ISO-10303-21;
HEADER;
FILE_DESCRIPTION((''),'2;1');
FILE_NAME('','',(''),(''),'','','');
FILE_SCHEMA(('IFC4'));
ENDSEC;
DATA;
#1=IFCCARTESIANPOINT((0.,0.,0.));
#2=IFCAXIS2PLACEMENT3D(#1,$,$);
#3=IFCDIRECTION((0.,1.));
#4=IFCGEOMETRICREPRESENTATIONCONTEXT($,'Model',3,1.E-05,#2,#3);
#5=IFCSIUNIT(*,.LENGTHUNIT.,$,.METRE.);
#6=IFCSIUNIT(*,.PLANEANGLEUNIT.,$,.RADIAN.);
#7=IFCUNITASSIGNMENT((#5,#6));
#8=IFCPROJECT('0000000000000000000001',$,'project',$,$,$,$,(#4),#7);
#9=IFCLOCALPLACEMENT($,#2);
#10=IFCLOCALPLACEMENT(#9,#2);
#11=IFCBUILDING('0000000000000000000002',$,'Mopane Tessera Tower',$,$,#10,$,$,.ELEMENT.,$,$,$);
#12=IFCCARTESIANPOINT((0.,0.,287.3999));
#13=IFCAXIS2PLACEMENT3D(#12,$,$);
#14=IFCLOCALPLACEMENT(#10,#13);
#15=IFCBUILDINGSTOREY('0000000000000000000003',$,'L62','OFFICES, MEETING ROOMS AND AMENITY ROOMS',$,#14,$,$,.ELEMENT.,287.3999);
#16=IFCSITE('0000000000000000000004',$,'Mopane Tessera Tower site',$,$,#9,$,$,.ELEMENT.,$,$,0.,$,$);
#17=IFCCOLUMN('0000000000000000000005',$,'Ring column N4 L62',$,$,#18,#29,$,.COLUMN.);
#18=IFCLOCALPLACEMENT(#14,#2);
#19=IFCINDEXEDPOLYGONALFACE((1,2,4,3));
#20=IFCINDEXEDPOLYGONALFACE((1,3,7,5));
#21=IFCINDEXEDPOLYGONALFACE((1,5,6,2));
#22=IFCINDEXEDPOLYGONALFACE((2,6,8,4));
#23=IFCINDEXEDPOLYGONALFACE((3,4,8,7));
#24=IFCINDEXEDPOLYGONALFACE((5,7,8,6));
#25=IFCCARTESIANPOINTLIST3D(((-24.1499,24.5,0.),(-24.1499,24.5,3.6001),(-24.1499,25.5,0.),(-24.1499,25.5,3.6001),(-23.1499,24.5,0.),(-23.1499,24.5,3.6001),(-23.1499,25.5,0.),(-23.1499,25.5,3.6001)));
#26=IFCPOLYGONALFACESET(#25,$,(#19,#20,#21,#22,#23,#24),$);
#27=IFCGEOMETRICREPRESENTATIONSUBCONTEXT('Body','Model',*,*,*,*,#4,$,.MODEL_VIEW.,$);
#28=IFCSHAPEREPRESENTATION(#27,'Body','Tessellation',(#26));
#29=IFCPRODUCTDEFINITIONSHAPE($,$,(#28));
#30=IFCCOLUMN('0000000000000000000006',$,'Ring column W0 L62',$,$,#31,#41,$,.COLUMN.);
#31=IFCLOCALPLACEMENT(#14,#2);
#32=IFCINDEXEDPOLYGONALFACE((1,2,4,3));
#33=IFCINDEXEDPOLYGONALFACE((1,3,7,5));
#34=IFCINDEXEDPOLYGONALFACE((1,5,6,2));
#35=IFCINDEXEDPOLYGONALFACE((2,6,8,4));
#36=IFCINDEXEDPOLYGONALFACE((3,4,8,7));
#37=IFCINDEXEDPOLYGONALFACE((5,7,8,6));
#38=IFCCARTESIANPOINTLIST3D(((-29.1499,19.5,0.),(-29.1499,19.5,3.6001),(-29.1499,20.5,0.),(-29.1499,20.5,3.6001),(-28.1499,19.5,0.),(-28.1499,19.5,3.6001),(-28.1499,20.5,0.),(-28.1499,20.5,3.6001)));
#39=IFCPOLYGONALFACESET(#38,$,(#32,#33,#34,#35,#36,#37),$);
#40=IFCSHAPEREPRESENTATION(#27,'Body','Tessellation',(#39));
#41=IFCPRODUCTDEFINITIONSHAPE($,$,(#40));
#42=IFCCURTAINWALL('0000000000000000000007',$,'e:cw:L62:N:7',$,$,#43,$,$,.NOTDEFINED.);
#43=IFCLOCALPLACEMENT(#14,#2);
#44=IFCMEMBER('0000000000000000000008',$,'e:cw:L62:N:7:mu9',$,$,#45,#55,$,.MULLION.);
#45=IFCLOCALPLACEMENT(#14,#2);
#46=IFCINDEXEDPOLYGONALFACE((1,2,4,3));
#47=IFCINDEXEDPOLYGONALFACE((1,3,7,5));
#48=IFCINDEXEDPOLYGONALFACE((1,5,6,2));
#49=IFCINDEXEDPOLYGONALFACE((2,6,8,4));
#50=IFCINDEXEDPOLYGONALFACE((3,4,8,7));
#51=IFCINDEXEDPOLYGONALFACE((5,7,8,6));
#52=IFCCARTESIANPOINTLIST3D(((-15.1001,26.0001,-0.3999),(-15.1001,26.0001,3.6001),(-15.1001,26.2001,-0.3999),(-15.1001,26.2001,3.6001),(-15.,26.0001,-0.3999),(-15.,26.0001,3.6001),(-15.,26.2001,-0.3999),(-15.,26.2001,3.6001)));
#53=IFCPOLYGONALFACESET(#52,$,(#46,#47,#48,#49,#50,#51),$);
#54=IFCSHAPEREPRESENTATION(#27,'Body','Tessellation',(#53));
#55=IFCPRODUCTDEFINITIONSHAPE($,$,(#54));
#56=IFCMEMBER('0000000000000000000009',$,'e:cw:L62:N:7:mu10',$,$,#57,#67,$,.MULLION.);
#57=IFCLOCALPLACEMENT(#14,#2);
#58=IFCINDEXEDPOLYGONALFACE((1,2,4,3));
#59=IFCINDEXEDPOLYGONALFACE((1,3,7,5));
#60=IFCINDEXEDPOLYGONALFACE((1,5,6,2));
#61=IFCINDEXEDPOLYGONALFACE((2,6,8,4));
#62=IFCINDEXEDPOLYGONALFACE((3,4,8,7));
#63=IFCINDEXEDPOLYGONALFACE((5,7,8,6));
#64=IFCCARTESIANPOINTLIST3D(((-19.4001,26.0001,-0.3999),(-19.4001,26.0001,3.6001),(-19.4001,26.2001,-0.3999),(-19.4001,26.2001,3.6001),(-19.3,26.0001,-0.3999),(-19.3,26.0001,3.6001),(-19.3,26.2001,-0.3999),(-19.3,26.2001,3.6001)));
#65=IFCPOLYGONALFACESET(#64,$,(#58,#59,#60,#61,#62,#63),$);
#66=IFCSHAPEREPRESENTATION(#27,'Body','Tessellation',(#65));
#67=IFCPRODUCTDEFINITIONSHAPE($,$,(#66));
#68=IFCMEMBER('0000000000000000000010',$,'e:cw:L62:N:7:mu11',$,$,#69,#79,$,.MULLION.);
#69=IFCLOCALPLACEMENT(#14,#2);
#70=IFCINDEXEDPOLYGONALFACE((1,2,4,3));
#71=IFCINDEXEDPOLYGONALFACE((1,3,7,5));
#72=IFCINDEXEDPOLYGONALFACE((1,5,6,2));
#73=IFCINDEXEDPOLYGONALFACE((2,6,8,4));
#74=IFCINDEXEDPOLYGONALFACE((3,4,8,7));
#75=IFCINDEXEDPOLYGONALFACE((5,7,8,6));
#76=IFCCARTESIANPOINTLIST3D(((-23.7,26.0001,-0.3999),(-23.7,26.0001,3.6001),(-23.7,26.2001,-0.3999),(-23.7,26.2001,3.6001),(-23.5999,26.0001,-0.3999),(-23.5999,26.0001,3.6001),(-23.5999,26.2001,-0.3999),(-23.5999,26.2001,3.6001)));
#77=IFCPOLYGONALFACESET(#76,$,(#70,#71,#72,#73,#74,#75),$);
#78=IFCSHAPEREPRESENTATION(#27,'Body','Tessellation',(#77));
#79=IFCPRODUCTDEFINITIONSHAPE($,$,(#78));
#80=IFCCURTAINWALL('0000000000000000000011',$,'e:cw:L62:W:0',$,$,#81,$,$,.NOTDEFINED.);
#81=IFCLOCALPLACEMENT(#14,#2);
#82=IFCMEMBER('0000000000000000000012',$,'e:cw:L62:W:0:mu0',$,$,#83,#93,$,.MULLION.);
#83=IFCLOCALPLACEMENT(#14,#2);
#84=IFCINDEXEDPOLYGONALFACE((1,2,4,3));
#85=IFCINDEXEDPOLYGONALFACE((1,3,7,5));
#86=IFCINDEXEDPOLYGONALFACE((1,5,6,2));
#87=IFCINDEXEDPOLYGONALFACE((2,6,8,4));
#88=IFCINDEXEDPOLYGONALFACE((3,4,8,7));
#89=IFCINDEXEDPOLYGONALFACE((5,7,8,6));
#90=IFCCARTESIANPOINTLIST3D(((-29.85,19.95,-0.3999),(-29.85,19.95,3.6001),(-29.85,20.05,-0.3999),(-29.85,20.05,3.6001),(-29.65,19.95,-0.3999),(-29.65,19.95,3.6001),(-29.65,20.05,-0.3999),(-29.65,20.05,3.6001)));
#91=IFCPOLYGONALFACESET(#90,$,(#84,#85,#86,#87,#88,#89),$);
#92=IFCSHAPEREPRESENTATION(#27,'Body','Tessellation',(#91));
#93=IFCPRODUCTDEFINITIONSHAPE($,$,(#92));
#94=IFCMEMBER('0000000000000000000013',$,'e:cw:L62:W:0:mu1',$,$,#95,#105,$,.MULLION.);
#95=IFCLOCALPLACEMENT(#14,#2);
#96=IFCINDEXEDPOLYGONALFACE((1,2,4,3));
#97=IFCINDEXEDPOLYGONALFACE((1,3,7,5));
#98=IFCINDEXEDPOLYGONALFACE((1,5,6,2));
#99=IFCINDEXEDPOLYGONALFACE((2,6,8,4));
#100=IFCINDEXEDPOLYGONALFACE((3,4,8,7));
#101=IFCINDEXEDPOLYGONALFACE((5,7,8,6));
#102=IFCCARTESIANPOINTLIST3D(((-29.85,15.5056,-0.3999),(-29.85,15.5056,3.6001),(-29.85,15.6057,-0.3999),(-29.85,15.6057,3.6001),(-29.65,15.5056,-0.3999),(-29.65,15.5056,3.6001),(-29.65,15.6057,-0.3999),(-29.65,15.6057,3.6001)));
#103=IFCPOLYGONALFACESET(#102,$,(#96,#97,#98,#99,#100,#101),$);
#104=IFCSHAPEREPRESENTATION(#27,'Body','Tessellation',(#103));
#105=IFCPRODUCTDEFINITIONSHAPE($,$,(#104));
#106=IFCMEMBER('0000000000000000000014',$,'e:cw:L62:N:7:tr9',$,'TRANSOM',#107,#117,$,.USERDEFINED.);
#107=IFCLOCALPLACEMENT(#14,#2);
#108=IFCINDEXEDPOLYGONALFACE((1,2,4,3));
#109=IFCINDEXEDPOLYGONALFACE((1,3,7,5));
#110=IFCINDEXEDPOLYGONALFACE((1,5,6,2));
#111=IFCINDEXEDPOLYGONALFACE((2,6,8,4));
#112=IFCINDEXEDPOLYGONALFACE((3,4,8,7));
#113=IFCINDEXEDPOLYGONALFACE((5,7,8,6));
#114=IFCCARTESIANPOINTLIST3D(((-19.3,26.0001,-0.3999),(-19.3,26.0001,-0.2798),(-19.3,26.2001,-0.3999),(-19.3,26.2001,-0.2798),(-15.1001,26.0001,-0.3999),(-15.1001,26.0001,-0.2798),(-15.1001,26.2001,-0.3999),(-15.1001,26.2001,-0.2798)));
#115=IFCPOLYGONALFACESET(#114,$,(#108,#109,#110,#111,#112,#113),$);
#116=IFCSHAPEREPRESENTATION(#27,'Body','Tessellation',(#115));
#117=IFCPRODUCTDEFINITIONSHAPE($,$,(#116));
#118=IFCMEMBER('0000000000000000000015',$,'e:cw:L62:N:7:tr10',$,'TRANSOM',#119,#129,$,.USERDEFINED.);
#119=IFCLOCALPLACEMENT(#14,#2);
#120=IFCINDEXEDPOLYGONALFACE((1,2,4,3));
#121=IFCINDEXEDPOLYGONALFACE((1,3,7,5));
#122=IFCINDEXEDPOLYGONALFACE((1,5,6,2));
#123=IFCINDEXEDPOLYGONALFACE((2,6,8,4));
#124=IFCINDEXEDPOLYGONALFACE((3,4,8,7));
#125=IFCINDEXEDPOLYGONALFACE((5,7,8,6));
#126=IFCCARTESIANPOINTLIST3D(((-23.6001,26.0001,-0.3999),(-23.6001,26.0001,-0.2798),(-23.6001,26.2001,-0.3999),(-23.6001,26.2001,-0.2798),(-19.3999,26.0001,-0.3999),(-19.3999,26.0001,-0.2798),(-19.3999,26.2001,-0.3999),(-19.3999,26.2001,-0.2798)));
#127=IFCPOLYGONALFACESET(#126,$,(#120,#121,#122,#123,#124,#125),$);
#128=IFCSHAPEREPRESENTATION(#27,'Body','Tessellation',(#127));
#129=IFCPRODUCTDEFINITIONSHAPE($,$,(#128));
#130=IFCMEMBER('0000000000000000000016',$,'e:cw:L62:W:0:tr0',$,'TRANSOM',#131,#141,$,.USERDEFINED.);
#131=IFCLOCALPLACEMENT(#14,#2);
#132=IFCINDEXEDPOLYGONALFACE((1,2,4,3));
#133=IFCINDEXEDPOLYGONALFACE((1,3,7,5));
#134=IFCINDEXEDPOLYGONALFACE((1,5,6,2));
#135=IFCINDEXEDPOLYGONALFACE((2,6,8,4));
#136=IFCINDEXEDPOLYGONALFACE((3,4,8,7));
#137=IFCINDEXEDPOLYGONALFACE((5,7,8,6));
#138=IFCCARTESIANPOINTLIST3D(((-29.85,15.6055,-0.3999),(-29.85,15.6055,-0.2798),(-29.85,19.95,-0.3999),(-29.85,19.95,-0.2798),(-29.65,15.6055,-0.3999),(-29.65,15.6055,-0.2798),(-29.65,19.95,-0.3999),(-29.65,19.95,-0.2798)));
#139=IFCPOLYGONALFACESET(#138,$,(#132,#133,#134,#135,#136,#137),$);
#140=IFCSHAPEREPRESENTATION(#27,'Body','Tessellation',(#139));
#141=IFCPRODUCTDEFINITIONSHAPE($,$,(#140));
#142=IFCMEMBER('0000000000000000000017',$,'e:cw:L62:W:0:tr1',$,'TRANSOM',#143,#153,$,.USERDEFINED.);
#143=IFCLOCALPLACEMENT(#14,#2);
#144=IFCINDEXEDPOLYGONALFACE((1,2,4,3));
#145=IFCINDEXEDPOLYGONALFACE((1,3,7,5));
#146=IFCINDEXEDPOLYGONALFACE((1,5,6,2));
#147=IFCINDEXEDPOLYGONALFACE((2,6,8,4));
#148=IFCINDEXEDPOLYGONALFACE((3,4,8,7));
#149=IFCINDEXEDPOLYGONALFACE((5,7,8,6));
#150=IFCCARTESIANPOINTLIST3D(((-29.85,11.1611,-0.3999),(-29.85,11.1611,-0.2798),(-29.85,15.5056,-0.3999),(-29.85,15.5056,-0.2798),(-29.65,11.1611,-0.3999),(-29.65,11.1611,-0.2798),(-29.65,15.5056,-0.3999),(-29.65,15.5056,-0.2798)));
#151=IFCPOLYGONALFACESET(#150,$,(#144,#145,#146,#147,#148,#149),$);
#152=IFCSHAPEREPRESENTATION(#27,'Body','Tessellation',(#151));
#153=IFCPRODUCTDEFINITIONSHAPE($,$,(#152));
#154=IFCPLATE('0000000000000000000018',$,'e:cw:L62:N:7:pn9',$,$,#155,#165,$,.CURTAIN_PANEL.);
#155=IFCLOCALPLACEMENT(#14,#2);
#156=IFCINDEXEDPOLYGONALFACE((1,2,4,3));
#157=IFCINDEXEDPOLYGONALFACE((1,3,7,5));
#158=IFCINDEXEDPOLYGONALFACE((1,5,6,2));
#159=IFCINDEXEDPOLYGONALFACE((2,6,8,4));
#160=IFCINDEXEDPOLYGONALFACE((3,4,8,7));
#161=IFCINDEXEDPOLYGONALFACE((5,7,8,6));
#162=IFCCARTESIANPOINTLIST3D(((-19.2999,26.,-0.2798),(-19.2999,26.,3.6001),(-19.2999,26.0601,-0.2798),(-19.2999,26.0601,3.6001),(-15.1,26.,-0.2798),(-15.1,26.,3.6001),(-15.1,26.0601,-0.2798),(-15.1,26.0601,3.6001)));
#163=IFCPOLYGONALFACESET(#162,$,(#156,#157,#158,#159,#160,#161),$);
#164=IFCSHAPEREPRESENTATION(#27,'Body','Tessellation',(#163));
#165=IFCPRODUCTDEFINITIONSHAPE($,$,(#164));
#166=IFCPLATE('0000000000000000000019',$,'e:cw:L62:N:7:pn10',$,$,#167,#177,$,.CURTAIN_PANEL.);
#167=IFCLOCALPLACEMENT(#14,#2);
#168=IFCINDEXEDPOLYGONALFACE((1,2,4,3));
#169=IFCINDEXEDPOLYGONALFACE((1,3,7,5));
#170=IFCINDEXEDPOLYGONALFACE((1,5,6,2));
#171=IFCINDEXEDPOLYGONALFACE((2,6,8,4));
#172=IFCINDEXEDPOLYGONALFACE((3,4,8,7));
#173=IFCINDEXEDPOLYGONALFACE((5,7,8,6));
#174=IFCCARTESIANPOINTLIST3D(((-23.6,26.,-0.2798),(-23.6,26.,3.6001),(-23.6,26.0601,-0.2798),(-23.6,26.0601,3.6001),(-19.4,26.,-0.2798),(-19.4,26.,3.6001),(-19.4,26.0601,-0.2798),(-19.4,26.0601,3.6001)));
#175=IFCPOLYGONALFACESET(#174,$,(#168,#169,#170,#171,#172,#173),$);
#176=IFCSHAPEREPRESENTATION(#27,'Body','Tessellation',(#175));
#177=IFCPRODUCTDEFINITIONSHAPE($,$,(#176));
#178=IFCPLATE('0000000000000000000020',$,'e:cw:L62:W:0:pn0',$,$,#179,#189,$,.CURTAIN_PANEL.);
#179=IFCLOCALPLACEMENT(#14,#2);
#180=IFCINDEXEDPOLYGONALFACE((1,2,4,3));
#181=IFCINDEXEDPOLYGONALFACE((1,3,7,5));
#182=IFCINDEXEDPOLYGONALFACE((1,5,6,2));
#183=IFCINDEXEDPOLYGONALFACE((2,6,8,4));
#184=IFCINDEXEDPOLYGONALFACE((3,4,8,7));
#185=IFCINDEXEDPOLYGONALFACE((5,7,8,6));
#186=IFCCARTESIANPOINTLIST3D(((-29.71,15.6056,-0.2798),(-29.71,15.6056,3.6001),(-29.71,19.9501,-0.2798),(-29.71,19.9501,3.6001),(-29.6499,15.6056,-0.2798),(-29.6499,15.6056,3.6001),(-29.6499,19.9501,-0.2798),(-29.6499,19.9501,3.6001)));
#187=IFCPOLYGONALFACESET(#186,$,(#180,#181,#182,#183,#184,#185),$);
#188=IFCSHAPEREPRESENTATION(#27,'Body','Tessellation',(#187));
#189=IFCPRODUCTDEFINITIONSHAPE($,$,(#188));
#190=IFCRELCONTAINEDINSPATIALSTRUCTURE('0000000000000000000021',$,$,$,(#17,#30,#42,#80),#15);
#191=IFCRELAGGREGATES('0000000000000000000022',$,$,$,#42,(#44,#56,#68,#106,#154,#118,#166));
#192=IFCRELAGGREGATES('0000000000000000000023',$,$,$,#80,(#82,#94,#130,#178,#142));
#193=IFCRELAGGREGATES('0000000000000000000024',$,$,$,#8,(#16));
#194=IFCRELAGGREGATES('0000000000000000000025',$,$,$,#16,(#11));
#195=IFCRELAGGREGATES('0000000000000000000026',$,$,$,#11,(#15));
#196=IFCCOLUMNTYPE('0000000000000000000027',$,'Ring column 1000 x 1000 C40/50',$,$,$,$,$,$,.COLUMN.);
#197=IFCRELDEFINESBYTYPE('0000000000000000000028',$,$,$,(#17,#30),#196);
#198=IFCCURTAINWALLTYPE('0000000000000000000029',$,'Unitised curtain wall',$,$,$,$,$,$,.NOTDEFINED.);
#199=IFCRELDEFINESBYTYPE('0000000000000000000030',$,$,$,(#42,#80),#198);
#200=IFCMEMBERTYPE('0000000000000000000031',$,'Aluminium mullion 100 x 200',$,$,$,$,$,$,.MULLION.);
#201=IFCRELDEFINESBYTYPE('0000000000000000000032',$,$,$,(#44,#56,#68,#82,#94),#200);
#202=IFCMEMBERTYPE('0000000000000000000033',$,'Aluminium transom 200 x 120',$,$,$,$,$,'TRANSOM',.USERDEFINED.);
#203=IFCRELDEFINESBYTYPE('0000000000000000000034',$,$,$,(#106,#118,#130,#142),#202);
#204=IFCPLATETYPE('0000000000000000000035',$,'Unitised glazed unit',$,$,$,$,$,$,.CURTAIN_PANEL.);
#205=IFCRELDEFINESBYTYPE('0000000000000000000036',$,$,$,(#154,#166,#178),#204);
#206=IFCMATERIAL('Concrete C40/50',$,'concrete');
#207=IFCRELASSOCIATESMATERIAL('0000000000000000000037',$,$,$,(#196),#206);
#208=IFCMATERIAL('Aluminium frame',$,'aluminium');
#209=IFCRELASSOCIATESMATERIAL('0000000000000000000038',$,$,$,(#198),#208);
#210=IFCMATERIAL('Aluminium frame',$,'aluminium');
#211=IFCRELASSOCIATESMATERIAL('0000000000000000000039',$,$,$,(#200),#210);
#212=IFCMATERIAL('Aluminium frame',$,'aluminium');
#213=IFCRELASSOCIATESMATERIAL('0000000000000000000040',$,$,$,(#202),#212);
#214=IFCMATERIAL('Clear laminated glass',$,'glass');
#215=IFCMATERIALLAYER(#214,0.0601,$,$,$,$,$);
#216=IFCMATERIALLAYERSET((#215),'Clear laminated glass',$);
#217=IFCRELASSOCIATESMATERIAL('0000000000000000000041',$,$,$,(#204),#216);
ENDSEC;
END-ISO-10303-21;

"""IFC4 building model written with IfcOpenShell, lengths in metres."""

from ifc_helpers import new_model, si_unit, direction, frame, origin, origin_2d, place, context, subcontext, project, spatial, rectangle, extrude, material, layer, layer_set, material_profile, profile_set, type_object, element, aggregate, save


model = new_model("IFC4")

# Units and contexts
model_context = context("Model", 3, precision=1e-05, world=origin(), true_north=direction((0.0, 1.0)))
body_context = subcontext(model_context, "Body", "Model", "MODEL_VIEW")
ifc_project = project(units=[si_unit("LENGTHUNIT", "METRE"), si_unit("PLANEANGLEUNIT", "RADIAN")], contexts=[model_context])

# Site, building, storey
site_placement = place(None, origin())
site = spatial("IfcSite", under=ifc_project, at=site_placement, Name="Mopane Tessera Tower site", CompositionType="ELEMENT", RefElevation=0.0)
building_placement = place(site_placement, origin())
building = spatial("IfcBuilding", under=site, at=building_placement, Name="Mopane Tessera Tower", CompositionType="ELEMENT")
storey_placement = place(building_placement, frame((0.0, 0.0, 287.3999)))
storey = spatial("IfcBuildingStorey", under=building, at=storey_placement, Name="L62", Description="OFFICES, MEETING ROOMS AND AMENITY ROOMS", CompositionType="ELEMENT", Elevation=287.3999)

# Columns
ifc_material_1 = material(Name="Concrete C40/50", Category="concrete")
ifc_material_profile_1 = material_profile(ifc_material_1, rectangle(XDim=1.0, YDim=1.0, at=origin_2d()))
ifc_profile_set_1 = profile_set([ifc_material_profile_1], Name="Concrete C40/50")
column_type = type_object("IfcColumnType", Name="Ring column 1000 x 1000 C40/50", PredefinedType="COLUMN", material=ifc_profile_set_1)
for number, where, z_axis, x_axis, name in (
    (1, (-23.6499, 25.0, 0.0), (0.0, 0.0, 1.0), (1.0, 0.0, 0.0), "Ring column N4 L62"),
    (2, (-28.6499, 20.0, 0.0), (0.0, 0.0, 1.0), (1.0, 0.0, 0.0), "Ring column W0 L62"),
):
    element("IfcColumn", number, at=place(storey_placement, frame(where, z_axis=z_axis, x_axis=x_axis)), inside=storey, type_object=column_type, Name=name, PredefinedType="COLUMN", context=body_context, shape_type="SweptSolid", body=[
        extrude(rectangle(XDim=1.0, YDim=1.0, at=origin_2d()), origin(), (0.0, 0.0, 1.0), 3.6001),
    ])

# Curtain walls, members
ifc_material_2 = material(Name="Aluminium frame", Category="aluminium")
curtain_wall_type = type_object("IfcCurtainWallType", Name="Unitised curtain wall", PredefinedType="NOTDEFINED", material=ifc_material_2)
curtain_wall_1_placement = place(storey_placement, origin())
curtain_wall_1 = element("IfcCurtainWall", 3, at=curtain_wall_1_placement, inside=storey, type_object=curtain_wall_type, Name="e:cw:L62:N:7", PredefinedType="NOTDEFINED")
ifc_material_3 = material(Name="Aluminium frame", Category="aluminium")
ifc_material_profile_2 = material_profile(ifc_material_3, rectangle(XDim=0.1001, YDim=0.2, at=origin_2d()))
ifc_profile_set_2 = profile_set([ifc_material_profile_2], Name="Aluminium frame")
member_type_1 = type_object("IfcMemberType", Name="Aluminium mullion 100 x 200", PredefinedType="MULLION", material=ifc_profile_set_2)
member_1_placement = place(storey_placement, frame((-15.05, 26.1001, -0.3999), z_axis=(0.0, 0.0, 1.0), x_axis=(-1.0, 0.0, 0.0)))
member_1 = element("IfcMember", 4, at=member_1_placement, type_object=member_type_1, Name="e:cw:L62:N:7:mu9", PredefinedType="MULLION", context=body_context, shape_type="SweptSolid", body=[
    extrude(rectangle(XDim=0.1001, YDim=0.2, at=origin_2d()), origin(), (0.0, 0.0, 1.0), 4.0),
])
member_2_placement = place(storey_placement, frame((-19.3501, 26.1001, -0.3999), z_axis=(0.0, 0.0, 1.0), x_axis=(-1.0, 0.0, 0.0)))
member_2 = element("IfcMember", 5, at=member_2_placement, type_object=member_type_1, Name="e:cw:L62:N:7:mu10", PredefinedType="MULLION", context=body_context, shape_type="SweptSolid", body=[
    extrude(rectangle(XDim=0.1001, YDim=0.2, at=origin_2d()), origin(), (0.0, 0.0, 1.0), 4.0),
])
member_3_placement = place(storey_placement, frame((-23.6499, 26.1001, -0.3999), z_axis=(0.0, 0.0, 1.0), x_axis=(-1.0, 0.0, 0.0)))
member_3 = element("IfcMember", 6, at=member_3_placement, type_object=member_type_1, Name="e:cw:L62:N:7:mu11", PredefinedType="MULLION", context=body_context, shape_type="SweptSolid", body=[
    extrude(rectangle(XDim=0.1001, YDim=0.2, at=origin_2d()), origin(), (0.0, 0.0, 1.0), 4.0),
])
curtain_wall_2_placement = place(storey_placement, origin())
curtain_wall_2 = element("IfcCurtainWall", 7, at=curtain_wall_2_placement, inside=storey, type_object=curtain_wall_type, Name="e:cw:L62:W:0", PredefinedType="NOTDEFINED")
member_4_placement = place(storey_placement, frame((-29.75, 20.0, -0.3999), z_axis=(0.0, 0.0, 1.0), x_axis=(0.0, -1.0, 0.0)))
member_4 = element("IfcMember", 8, at=member_4_placement, type_object=member_type_1, Name="e:cw:L62:W:0:mu0", PredefinedType="MULLION", context=body_context, shape_type="SweptSolid", body=[
    extrude(rectangle(XDim=0.1001, YDim=0.2, at=origin_2d()), origin(), (0.0, 0.0, 1.0), 4.0),
])
member_5_placement = place(storey_placement, frame((-29.75, 15.5557, -0.3999), z_axis=(0.0, 0.0, 1.0), x_axis=(0.0, -1.0, 0.0)))
member_5 = element("IfcMember", 9, at=member_5_placement, type_object=member_type_1, Name="e:cw:L62:W:0:mu1", PredefinedType="MULLION", context=body_context, shape_type="SweptSolid", body=[
    extrude(rectangle(XDim=0.1001, YDim=0.2, at=origin_2d()), origin(), (0.0, 0.0, 1.0), 4.0),
])

# Members
ifc_material_4 = material(Name="Aluminium frame", Category="aluminium")
ifc_material_profile_3 = material_profile(ifc_material_4, rectangle(XDim=0.2, YDim=0.1201, at=origin_2d()))
ifc_profile_set_3 = profile_set([ifc_material_profile_3], Name="Aluminium frame")
member_type_2 = type_object("IfcMemberType", Name="Aluminium transom 200 x 120", ElementType="TRANSOM", PredefinedType="USERDEFINED", material=ifc_profile_set_3)
member_6_placement = place(storey_placement, frame((-15.1001, 26.1001, -0.3398), z_axis=(-1.0, 0.0, 0.0), x_axis=(0.0, -1.0, 0.0)))
member_6 = element("IfcMember", 10, at=member_6_placement, type_object=member_type_2, Name="e:cw:L62:N:7:tr9", ObjectType="TRANSOM", PredefinedType="USERDEFINED", context=body_context, shape_type="SweptSolid", body=[
    extrude(rectangle(XDim=0.2, YDim=0.1201, at=origin_2d()), origin(), (0.0, 0.0, 1.0), 4.2),
])
member_7_placement = place(storey_placement, frame((-19.3999, 26.1001, -0.3398), z_axis=(-1.0, 0.0, 0.0), x_axis=(0.0, -1.0, 0.0)))
member_7 = element("IfcMember", 11, at=member_7_placement, type_object=member_type_2, Name="e:cw:L62:N:7:tr10", ObjectType="TRANSOM", PredefinedType="USERDEFINED", context=body_context, shape_type="SweptSolid", body=[
    extrude(rectangle(XDim=0.2, YDim=0.1201, at=origin_2d()), origin(), (0.0, 0.0, 1.0), 4.2002),
])
member_8_placement = place(storey_placement, frame((-29.75, 19.95, -0.3398), z_axis=(0.0, -1.0, 0.0), x_axis=(1.0, 0.0, 0.0)))
member_8 = element("IfcMember", 12, at=member_8_placement, type_object=member_type_2, Name="e:cw:L62:W:0:tr0", ObjectType="TRANSOM", PredefinedType="USERDEFINED", context=body_context, shape_type="SweptSolid", body=[
    extrude(rectangle(XDim=0.2, YDim=0.1201, at=origin_2d()), origin(), (0.0, 0.0, 1.0), 4.3445),
])
member_9_placement = place(storey_placement, frame((-29.75, 15.5056, -0.3398), z_axis=(0.0, -1.0, 0.0), x_axis=(1.0, 0.0, 0.0)))
member_9 = element("IfcMember", 13, at=member_9_placement, type_object=member_type_2, Name="e:cw:L62:W:0:tr1", ObjectType="TRANSOM", PredefinedType="USERDEFINED", context=body_context, shape_type="SweptSolid", body=[
    extrude(rectangle(XDim=0.2, YDim=0.1201, at=origin_2d()), origin(), (0.0, 0.0, 1.0), 4.3445),
])

# Plates
ifc_material_5 = material(Name="Clear laminated glass", Category="glass")
ifc_layer_1 = layer(ifc_material_5, 0.0601)
ifc_layer_set_1 = layer_set([ifc_layer_1], Name="Clear laminated glass")
plate_type = type_object("IfcPlateType", Name="Unitised glazed unit", PredefinedType="CURTAIN_PANEL", material=ifc_layer_set_1)
plate_1_placement = place(storey_placement, frame((-17.2, 26.03, -0.2798), z_axis=(0.0, 0.0, 1.0), x_axis=(-1.0, 0.0, 0.0)))
plate_1 = element("IfcPlate", 14, at=plate_1_placement, type_object=plate_type, Name="e:cw:L62:N:7:pn9", PredefinedType="CURTAIN_PANEL", context=body_context, shape_type="SweptSolid", body=[
    extrude(rectangle(XDim=4.2, YDim=0.0601, at=origin_2d()), origin(), (0.0, 0.0, 1.0), 3.8799),
])
plate_2_placement = place(storey_placement, frame((-21.5, 26.03, -0.2798), z_axis=(0.0, 0.0, 1.0), x_axis=(-1.0, 0.0, 0.0)))
plate_2 = element("IfcPlate", 15, at=plate_2_placement, type_object=plate_type, Name="e:cw:L62:N:7:pn10", PredefinedType="CURTAIN_PANEL", context=body_context, shape_type="SweptSolid", body=[
    extrude(rectangle(XDim=4.2, YDim=0.0601, at=origin_2d()), origin(), (0.0, 0.0, 1.0), 3.8799),
])
aggregate(curtain_wall_1, [member_1, member_2, member_3, member_6, plate_1, member_7, plate_2])
plate_3_placement = place(storey_placement, frame((-29.6799, 17.7778, -0.2798), z_axis=(0.0, 0.0, 1.0), x_axis=(0.0, -1.0, 0.0)))
plate_3 = element("IfcPlate", 16, at=plate_3_placement, type_object=plate_type, Name="e:cw:L62:W:0:pn0", PredefinedType="CURTAIN_PANEL", context=body_context, shape_type="SweptSolid", body=[
    extrude(rectangle(XDim=4.3445, YDim=0.0601, at=origin_2d()), origin(), (0.0, 0.0, 1.0), 3.8799),
])
aggregate(curtain_wall_2, [member_4, member_5, member_8, plate_3, member_9])

save(model, "model.ifc")
